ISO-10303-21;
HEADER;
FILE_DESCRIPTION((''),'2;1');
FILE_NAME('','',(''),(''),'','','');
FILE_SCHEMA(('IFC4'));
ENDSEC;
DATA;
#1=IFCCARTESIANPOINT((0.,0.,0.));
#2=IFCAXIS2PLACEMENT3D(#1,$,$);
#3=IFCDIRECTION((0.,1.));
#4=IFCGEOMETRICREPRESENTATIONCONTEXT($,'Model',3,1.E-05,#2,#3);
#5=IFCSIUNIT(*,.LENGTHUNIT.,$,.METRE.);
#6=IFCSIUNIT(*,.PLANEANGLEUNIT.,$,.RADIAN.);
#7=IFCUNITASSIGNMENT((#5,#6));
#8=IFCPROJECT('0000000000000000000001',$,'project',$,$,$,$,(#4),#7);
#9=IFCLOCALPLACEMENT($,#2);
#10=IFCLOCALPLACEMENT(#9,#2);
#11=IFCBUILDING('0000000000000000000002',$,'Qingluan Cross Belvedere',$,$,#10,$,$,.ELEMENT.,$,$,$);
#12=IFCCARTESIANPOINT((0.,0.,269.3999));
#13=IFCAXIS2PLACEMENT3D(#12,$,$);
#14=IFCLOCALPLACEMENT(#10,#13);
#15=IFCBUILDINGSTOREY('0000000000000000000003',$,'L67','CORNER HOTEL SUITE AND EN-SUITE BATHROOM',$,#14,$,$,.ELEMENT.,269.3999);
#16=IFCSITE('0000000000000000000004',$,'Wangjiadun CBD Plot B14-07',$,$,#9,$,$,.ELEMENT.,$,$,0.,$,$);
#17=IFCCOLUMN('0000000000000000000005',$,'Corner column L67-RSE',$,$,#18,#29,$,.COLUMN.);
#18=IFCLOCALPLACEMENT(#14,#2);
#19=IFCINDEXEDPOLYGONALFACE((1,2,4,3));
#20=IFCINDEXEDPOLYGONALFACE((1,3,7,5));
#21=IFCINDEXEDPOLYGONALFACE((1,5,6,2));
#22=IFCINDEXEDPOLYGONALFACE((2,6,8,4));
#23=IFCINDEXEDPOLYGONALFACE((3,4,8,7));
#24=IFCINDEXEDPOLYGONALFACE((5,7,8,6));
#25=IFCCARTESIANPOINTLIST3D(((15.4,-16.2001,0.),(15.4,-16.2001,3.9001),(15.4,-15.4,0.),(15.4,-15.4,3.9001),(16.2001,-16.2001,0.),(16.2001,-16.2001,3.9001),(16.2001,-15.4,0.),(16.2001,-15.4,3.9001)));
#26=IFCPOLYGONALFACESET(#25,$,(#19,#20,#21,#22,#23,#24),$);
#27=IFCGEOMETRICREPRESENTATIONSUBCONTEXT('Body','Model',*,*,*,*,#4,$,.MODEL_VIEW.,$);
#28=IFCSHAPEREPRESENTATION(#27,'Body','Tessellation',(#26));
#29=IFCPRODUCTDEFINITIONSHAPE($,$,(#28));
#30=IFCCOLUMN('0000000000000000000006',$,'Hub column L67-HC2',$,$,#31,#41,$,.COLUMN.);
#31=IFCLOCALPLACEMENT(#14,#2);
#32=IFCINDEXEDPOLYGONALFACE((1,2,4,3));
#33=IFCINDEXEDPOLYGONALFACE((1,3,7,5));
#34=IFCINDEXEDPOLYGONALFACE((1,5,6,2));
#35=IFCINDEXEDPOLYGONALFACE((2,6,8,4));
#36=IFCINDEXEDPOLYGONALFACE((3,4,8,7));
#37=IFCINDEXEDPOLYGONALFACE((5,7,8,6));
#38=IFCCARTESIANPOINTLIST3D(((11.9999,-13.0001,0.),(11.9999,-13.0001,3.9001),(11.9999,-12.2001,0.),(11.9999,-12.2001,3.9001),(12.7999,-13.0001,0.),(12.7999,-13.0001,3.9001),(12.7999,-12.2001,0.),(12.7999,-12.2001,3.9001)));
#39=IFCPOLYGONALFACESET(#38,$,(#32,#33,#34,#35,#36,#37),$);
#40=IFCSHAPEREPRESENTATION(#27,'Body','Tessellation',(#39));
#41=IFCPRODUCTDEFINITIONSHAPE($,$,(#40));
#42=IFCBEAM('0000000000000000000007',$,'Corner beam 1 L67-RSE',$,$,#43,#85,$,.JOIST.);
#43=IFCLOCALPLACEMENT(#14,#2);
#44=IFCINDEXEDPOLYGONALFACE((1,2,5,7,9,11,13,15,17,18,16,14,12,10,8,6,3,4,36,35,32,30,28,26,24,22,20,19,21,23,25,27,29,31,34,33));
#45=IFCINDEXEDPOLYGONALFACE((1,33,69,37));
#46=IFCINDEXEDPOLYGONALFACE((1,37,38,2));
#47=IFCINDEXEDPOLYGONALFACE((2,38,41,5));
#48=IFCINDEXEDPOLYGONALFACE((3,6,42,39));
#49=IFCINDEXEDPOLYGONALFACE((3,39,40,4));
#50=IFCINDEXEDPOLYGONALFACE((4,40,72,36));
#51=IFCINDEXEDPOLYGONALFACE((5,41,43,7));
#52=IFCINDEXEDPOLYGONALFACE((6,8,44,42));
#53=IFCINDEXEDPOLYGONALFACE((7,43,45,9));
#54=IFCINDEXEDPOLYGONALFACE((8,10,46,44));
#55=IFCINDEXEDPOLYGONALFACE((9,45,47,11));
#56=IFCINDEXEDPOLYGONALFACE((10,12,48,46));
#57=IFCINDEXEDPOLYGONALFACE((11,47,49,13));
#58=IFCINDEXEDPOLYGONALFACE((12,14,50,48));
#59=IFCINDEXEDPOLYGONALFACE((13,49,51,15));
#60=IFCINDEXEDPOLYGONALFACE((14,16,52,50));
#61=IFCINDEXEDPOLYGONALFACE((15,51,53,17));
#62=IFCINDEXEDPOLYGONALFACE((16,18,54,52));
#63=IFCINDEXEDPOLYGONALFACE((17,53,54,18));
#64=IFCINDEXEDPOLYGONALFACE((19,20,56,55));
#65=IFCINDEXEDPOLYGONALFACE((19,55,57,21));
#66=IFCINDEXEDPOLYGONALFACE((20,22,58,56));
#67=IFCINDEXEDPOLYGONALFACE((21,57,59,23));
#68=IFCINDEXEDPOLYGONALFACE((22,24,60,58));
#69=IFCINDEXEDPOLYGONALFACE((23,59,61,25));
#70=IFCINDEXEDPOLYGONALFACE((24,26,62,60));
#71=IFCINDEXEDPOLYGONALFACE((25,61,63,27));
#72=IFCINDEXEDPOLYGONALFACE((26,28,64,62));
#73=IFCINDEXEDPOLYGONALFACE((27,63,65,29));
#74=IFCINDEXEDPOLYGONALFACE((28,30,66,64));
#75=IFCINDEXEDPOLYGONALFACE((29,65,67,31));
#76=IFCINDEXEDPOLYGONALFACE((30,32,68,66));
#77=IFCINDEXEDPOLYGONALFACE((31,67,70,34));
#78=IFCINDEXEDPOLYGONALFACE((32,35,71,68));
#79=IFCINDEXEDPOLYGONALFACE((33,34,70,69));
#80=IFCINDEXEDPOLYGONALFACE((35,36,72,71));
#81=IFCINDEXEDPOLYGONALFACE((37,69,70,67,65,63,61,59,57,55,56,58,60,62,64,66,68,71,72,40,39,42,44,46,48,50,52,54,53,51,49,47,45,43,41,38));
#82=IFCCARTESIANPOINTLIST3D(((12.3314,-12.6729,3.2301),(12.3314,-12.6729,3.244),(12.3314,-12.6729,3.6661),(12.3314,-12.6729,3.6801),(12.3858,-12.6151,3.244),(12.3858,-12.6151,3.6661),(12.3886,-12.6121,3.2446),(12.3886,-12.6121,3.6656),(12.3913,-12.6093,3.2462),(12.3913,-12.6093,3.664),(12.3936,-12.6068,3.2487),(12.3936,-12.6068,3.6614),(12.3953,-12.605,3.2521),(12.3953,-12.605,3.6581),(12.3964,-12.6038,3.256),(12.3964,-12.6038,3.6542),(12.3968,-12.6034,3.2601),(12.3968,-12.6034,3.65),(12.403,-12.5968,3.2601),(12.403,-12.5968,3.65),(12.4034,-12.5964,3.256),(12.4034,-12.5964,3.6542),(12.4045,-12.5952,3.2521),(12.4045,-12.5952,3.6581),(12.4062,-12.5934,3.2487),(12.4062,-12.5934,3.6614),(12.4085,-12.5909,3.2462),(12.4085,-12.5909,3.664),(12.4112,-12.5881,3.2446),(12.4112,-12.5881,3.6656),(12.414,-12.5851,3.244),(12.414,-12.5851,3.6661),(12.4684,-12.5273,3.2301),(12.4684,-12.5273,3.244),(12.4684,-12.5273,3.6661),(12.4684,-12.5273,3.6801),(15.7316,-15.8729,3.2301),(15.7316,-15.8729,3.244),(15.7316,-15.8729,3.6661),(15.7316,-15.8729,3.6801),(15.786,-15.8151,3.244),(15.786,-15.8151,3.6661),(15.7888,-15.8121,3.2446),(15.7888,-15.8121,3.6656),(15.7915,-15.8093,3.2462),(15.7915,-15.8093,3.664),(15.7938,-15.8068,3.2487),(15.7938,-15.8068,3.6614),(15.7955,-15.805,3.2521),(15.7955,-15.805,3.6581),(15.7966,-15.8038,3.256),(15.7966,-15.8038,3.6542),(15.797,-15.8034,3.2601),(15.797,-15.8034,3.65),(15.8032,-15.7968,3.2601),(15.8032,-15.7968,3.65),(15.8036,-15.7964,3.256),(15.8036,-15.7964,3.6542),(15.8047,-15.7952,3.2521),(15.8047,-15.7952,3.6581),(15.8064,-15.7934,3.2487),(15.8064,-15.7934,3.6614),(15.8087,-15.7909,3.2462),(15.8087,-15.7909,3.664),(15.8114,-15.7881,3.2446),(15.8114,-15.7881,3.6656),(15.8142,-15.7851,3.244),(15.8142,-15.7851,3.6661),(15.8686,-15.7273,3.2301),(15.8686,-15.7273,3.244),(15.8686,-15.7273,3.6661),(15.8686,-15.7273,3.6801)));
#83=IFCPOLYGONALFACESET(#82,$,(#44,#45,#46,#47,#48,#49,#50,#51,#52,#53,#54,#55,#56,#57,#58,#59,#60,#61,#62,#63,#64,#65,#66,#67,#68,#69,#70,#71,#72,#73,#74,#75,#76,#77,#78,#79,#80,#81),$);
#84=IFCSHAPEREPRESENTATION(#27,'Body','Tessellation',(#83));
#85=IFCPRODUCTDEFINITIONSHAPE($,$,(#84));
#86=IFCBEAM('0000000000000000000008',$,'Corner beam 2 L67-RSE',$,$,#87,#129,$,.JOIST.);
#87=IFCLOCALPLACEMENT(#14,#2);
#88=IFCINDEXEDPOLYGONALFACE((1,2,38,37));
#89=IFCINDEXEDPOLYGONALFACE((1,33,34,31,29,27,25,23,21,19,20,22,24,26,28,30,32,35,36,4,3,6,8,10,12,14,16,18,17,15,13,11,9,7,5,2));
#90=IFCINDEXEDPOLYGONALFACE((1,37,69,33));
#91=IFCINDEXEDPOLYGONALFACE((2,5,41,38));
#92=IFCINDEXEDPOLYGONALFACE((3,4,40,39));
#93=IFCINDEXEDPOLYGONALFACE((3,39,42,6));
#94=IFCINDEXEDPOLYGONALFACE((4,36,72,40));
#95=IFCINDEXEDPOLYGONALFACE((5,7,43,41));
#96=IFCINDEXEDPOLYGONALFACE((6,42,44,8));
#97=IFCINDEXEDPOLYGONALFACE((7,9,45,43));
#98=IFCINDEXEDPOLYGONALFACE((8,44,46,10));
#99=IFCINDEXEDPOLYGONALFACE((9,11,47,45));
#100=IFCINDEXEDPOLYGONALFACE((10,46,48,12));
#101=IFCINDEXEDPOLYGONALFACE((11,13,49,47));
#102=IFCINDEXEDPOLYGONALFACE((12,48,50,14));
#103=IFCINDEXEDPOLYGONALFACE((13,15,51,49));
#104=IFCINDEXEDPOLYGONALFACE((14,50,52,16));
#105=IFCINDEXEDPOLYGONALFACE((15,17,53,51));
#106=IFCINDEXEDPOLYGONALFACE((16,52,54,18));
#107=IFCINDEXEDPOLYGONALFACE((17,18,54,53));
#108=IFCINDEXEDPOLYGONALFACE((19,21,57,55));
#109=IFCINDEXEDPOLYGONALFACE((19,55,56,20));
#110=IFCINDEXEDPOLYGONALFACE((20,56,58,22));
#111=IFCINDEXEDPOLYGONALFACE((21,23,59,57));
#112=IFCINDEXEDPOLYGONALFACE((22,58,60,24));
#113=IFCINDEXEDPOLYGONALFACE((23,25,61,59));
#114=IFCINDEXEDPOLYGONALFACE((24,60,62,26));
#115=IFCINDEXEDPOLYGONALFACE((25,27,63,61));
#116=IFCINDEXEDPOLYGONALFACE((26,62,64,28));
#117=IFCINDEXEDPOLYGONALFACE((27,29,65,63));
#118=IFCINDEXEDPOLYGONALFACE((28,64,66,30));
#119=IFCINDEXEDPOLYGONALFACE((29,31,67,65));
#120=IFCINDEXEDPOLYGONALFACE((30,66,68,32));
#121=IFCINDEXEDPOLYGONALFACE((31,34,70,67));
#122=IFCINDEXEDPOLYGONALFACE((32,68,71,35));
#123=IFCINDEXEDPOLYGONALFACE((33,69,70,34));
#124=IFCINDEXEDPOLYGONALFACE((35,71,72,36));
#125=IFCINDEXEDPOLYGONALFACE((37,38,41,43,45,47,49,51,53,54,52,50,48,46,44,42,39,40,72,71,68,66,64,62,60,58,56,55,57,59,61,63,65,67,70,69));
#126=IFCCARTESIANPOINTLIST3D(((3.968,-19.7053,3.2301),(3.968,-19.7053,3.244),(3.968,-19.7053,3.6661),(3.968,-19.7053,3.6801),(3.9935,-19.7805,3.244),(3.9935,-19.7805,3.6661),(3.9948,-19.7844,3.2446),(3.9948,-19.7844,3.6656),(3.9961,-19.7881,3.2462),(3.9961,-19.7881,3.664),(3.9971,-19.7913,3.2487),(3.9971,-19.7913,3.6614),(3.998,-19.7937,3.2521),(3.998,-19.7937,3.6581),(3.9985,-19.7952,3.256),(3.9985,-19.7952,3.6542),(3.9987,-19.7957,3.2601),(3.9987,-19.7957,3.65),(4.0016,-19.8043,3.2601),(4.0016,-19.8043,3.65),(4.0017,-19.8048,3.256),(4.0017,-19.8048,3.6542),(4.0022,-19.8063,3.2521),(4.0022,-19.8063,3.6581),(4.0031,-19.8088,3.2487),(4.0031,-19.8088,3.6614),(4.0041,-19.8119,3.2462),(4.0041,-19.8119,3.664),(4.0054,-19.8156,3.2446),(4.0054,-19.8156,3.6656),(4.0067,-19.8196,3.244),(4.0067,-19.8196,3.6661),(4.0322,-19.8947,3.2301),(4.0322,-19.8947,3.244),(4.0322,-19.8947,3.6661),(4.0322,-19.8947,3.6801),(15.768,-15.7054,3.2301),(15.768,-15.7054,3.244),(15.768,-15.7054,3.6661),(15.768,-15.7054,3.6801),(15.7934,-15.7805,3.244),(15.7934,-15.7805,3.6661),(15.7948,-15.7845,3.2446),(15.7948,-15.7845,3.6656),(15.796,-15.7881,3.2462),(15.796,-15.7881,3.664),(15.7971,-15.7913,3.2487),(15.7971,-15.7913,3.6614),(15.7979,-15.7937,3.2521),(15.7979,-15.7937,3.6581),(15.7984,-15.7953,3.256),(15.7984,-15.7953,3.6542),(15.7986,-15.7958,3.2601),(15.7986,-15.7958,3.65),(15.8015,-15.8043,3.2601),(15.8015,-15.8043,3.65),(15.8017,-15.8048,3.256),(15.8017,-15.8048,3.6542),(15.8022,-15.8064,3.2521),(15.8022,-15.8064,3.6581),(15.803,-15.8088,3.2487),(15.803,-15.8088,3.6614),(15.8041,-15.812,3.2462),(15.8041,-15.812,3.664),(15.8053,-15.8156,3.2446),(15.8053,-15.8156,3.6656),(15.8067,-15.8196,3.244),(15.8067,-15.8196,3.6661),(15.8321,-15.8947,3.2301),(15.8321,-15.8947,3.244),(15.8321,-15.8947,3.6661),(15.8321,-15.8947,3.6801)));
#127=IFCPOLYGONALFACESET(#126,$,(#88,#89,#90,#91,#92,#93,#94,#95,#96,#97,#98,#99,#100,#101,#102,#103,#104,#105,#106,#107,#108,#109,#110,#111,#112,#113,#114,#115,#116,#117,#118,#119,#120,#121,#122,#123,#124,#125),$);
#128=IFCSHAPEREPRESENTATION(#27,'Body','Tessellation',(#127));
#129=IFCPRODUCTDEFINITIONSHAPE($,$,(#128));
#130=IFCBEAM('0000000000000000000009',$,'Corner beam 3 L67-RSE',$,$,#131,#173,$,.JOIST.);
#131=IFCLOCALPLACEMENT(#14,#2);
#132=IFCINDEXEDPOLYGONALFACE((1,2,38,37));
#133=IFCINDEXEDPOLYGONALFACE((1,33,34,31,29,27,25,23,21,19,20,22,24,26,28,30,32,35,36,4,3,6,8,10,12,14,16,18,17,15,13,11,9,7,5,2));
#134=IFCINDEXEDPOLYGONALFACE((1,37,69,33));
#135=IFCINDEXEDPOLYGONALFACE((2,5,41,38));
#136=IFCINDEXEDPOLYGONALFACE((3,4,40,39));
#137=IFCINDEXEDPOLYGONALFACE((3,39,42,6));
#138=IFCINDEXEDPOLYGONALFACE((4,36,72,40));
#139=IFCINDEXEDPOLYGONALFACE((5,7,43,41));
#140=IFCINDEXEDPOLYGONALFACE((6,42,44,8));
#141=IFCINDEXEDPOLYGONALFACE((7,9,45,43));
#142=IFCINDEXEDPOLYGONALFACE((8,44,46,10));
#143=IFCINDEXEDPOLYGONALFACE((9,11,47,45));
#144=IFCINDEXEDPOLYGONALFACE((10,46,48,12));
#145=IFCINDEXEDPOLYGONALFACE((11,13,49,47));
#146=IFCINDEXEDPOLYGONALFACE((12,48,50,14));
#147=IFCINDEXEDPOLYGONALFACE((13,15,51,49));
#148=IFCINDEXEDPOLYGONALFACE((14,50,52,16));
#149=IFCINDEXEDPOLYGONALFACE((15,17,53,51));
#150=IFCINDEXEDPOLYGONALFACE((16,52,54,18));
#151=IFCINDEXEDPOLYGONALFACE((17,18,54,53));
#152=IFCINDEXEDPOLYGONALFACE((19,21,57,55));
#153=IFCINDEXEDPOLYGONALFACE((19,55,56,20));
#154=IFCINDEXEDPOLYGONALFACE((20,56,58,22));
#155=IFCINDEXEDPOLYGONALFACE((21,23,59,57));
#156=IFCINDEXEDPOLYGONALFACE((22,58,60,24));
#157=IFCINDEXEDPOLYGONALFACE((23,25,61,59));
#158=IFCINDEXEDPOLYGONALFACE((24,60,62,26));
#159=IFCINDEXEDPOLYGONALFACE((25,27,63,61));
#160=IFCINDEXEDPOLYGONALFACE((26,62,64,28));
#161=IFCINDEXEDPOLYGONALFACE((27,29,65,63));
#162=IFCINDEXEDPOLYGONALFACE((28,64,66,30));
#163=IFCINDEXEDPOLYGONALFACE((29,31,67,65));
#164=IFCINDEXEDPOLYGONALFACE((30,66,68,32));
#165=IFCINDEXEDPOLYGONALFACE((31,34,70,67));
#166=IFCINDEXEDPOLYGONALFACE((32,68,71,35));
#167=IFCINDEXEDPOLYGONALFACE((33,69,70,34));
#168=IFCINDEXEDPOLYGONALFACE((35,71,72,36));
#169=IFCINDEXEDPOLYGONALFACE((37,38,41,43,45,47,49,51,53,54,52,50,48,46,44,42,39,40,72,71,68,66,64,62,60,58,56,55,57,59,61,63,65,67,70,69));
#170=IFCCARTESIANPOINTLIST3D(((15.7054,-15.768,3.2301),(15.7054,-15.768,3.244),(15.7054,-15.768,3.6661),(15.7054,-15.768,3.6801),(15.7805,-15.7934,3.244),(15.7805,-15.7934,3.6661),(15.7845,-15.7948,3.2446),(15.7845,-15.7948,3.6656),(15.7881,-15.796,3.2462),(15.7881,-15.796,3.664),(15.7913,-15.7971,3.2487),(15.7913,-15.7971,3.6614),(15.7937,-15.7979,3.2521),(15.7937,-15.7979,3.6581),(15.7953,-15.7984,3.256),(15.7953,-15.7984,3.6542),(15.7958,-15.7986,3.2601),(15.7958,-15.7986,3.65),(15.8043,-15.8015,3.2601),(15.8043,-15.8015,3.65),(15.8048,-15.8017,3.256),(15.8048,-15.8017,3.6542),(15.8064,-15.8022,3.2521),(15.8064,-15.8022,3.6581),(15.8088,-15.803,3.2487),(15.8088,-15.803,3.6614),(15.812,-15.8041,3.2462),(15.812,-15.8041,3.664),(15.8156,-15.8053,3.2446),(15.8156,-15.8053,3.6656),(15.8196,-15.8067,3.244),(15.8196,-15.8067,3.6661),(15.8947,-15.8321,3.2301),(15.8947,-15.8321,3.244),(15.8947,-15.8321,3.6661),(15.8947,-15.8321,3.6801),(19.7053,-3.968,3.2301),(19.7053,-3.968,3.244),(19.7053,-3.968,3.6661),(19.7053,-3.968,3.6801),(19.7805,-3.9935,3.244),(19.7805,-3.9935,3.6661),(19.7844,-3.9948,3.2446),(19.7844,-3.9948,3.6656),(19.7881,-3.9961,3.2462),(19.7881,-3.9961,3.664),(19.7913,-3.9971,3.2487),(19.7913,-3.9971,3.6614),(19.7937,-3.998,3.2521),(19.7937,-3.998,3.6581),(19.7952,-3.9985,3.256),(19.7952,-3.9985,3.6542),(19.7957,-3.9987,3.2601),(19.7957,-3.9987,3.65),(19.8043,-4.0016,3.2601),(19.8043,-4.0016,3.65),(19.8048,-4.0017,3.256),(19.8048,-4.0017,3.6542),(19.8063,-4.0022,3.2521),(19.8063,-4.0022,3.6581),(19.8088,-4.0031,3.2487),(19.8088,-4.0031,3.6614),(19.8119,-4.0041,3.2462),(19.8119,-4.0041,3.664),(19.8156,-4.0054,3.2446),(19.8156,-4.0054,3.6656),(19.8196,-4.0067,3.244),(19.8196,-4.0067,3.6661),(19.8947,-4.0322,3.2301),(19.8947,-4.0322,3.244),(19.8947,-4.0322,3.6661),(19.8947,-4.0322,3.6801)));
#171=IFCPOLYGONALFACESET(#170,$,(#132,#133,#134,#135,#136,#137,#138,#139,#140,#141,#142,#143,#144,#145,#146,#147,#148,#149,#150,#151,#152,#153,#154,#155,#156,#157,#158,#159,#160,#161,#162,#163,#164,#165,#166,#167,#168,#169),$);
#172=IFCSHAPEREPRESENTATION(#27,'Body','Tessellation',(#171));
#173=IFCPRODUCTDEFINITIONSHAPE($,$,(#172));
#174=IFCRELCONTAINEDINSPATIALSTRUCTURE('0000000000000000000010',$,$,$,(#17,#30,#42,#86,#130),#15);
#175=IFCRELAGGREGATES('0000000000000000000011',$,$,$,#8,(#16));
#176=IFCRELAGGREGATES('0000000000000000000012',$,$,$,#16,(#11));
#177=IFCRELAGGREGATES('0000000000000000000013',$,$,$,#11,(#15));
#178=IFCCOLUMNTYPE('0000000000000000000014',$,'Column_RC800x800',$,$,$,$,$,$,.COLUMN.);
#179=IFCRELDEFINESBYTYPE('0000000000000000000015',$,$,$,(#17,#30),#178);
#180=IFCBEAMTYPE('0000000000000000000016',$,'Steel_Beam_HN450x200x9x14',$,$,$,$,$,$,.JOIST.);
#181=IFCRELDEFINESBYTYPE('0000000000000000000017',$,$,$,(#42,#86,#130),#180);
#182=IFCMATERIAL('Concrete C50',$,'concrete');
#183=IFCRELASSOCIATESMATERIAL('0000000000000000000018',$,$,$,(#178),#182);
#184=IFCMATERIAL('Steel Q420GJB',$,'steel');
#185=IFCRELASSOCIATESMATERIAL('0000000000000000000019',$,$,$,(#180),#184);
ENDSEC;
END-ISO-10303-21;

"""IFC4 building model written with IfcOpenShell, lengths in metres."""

from ifc_helpers import new_model, si_unit, direction, frame, origin, origin_2d, place, context, subcontext, project, spatial, rectangle, i_section, extrude, material, material_profile, profile_set, type_object, element, save


model = new_model("IFC4")

# Units and contexts
model_context = context("Model", 3, precision=1e-05, world=origin(), true_north=direction((0.0, 1.0)))
body_context = subcontext(model_context, "Body", "Model", "MODEL_VIEW")
ifc_project = project(units=[si_unit("LENGTHUNIT", "METRE"), si_unit("PLANEANGLEUNIT", "RADIAN")], contexts=[model_context])

# Site, building, storey
site_placement = place(None, origin())
site = spatial("IfcSite", under=ifc_project, at=site_placement, Name="Wangjiadun CBD Plot B14-07", CompositionType="ELEMENT", RefElevation=0.0)
building_placement = place(site_placement, origin())
building = spatial("IfcBuilding", under=site, at=building_placement, Name="Qingluan Cross Belvedere", CompositionType="ELEMENT")
storey_placement = place(building_placement, frame((0.0, 0.0, 269.3999)))
storey = spatial("IfcBuildingStorey", under=building, at=storey_placement, Name="L67", Description="CORNER HOTEL SUITE AND EN-SUITE BATHROOM", CompositionType="ELEMENT", Elevation=269.3999)

# Columns
ifc_material_1 = material(Name="Concrete C50", Category="concrete")
ifc_material_profile_1 = material_profile(ifc_material_1, rectangle(XDim=0.8, YDim=0.8, at=origin_2d()), Name="RC800x800")
ifc_profile_set_1 = profile_set([ifc_material_profile_1], Name="Concrete C50")
column_type = type_object("IfcColumnType", Name="Column_RC800x800", PredefinedType="COLUMN", material=ifc_profile_set_1)
for number, where, z_axis, x_axis, name in (
    (1, (15.8, -15.8, 0.0), (0.0, 0.0, 1.0), (1.0, 0.0, 0.0), "Corner column L67-RSE"),
    (2, (12.3999, -12.6001, 0.0), (0.0, 0.0, 1.0), (1.0, 0.0, 0.0), "Hub column L67-HC2"),
):
    element("IfcColumn", number, at=place(storey_placement, frame(where, z_axis=z_axis, x_axis=x_axis)), inside=storey, type_object=column_type, Name=name, PredefinedType="COLUMN", context=body_context, shape_type="SweptSolid", body=[
        extrude(rectangle(XDim=0.8, YDim=0.8, at=origin_2d()), origin(), (0.0, 0.0, 1.0), 3.9001),
    ])

# Beams
ifc_material_2 = material(Name="Steel Q420GJB", Category="steel")
ifc_material_profile_2 = material_profile(ifc_material_2, i_section(OverallWidth=0.2, OverallDepth=0.45, WebThickness=0.009, FlangeThickness=0.0139, FilletRadius=0.0161, at=origin_2d()), Name="HN450x200x9x14")
ifc_profile_set_2 = profile_set([ifc_material_profile_2], Name="Steel Q420GJB")
beam_type_1 = type_object("IfcBeamType", Name="Steel_Beam_HN450x200x9x14", PredefinedType="JOIST", material=ifc_profile_set_2)
beam_1_placement = place(storey_placement, frame((12.3999, -12.6001, 3.4551), z_axis=(0.72822, -0.685343, 0.0), x_axis=(0.685343, 0.72822, 0.0)))
element("IfcBeam", 3, at=beam_1_placement, inside=storey, type_object=beam_type_1, Name="Corner beam 1 L67-RSE", PredefinedType="JOIST", context=body_context, shape_type="SweptSolid", body=[
    extrude(i_section(OverallWidth=0.2, OverallDepth=0.45, WebThickness=0.009, FlangeThickness=0.0139, FilletRadius=0.0161, at=origin_2d()), origin(), (0.0, 0.0, 1.0), 4.6692),
])
for number, where, z_axis, x_axis, name in (
    (4, (15.8, -15.8, 3.4551), (-0.947066, -0.321038, 0.0), (0.321038, -0.947066, 0.0), "Corner beam 2 L67-RSE"),
    (5, (15.8, -15.8, 3.4551), (0.321038, 0.947066, 0.0), (-0.947066, 0.321038, 0.0), "Corner beam 3 L67-RSE"),
):
    element("IfcBeam", number, at=place(storey_placement, frame(where, z_axis=z_axis, x_axis=x_axis)), inside=storey, type_object=beam_type_1, Name=name, PredefinedType="JOIST", context=body_context, shape_type="SweptSolid", body=[
        extrude(i_section(OverallWidth=0.2, OverallDepth=0.45, WebThickness=0.009, FlangeThickness=0.0139, FilletRadius=0.0161, at=origin_2d()), origin(), (0.0, 0.0, 1.0), 12.4595),
    ])

save(model, "model.ifc")
